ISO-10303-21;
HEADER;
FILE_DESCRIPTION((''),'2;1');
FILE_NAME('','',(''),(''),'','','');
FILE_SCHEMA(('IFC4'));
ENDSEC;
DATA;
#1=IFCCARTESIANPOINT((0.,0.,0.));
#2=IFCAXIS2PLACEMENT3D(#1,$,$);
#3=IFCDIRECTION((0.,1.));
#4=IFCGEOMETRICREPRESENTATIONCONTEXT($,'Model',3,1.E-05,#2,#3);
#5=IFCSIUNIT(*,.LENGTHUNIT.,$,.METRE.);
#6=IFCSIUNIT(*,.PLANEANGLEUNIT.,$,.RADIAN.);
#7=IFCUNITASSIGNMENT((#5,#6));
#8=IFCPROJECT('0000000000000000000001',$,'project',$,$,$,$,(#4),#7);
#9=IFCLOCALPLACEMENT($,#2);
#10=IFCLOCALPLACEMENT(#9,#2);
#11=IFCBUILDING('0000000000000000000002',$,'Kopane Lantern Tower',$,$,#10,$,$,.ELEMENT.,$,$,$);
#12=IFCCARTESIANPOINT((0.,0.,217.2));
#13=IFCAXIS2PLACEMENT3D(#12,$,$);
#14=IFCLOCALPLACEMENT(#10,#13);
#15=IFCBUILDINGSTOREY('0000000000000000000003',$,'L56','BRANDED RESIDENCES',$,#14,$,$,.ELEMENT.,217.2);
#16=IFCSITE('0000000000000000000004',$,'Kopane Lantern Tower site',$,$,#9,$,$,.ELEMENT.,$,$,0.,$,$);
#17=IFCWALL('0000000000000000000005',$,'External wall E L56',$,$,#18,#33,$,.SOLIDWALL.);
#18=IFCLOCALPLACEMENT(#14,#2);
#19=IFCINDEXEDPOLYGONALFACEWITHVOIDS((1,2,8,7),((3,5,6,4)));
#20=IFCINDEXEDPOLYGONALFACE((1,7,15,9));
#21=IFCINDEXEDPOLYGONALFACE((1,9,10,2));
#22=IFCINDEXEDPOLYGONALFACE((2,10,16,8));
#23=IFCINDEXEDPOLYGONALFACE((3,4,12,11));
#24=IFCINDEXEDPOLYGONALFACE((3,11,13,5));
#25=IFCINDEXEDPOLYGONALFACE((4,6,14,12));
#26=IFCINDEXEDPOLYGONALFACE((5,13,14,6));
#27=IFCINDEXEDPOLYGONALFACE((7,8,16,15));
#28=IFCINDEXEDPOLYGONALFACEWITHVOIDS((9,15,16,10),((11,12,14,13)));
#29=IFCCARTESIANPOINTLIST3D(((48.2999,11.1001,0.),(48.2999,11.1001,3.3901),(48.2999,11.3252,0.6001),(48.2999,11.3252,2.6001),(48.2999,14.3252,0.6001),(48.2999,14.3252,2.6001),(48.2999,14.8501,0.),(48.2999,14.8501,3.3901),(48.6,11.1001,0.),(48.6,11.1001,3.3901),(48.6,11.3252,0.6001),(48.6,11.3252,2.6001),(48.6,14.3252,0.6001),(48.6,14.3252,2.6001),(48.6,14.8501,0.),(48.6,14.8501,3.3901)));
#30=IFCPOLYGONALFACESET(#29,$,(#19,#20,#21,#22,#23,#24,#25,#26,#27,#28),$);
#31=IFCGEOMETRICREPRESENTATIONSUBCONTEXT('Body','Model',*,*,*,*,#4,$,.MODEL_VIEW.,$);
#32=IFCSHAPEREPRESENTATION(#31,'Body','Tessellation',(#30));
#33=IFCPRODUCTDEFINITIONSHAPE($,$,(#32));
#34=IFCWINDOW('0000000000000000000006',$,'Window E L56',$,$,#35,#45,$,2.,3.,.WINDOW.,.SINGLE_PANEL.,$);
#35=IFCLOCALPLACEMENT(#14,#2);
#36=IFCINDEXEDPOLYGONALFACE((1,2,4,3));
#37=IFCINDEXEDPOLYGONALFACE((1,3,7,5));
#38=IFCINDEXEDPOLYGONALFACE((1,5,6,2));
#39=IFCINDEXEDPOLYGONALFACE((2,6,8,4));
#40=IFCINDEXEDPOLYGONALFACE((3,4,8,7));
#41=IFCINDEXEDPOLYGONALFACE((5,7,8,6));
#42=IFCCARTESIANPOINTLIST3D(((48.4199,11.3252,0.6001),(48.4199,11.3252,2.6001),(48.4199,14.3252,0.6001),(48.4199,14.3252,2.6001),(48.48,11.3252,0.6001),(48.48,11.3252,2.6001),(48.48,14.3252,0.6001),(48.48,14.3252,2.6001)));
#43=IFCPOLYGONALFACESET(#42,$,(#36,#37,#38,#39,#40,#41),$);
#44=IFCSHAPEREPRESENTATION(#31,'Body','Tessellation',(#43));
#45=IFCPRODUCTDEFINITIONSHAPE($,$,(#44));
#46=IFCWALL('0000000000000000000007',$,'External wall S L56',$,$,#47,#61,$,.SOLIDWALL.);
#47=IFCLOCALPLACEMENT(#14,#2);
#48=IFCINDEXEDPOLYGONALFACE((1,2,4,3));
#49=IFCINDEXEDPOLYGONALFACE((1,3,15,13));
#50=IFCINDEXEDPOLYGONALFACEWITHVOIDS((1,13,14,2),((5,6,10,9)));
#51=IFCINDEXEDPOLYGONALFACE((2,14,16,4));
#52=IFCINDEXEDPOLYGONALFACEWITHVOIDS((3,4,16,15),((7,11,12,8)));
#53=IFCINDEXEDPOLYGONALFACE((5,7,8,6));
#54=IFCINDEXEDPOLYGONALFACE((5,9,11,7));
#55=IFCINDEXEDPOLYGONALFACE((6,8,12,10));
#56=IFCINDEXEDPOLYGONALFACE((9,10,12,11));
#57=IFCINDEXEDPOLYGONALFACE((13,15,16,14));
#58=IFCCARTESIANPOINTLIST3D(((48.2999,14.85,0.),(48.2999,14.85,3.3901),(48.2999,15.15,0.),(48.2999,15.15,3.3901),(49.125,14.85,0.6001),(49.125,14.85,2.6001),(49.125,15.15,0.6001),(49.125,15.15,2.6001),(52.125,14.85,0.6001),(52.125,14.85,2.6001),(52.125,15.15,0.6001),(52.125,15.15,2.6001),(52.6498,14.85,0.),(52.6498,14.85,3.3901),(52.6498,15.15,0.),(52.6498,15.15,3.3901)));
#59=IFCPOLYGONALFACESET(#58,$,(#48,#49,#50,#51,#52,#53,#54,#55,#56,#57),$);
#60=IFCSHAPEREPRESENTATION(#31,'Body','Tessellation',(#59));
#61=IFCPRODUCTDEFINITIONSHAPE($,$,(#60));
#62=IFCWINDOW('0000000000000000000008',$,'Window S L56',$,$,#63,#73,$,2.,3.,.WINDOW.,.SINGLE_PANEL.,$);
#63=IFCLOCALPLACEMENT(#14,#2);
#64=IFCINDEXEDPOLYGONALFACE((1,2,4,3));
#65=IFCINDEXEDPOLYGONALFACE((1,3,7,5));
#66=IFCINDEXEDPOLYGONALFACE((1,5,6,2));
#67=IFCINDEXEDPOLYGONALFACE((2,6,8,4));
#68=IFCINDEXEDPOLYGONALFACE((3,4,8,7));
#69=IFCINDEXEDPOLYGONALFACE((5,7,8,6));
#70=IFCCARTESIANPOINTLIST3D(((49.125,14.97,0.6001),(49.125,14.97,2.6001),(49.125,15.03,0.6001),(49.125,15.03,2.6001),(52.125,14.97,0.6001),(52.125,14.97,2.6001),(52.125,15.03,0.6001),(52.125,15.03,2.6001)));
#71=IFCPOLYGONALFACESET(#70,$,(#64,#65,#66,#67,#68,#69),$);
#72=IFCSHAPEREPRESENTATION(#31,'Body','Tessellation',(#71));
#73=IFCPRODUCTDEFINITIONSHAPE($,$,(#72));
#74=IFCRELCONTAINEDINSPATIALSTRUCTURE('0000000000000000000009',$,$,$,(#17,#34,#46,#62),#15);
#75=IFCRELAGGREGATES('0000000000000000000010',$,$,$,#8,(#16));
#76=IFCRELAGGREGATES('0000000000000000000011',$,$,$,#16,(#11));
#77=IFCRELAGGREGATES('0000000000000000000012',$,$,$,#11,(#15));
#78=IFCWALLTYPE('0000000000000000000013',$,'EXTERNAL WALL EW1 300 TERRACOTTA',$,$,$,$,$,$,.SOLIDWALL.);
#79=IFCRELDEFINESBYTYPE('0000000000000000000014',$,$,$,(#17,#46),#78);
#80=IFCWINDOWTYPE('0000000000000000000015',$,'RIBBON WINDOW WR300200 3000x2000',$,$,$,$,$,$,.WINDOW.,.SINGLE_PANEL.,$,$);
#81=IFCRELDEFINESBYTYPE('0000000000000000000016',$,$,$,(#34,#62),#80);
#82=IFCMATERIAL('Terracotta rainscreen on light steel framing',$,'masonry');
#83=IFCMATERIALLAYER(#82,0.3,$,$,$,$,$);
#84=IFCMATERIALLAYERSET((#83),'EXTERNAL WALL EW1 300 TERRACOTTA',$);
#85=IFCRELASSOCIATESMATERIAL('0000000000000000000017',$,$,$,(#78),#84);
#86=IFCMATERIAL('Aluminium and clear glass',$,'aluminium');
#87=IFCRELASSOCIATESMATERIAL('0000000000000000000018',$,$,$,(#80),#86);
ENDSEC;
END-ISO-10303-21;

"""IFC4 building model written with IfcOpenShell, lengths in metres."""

from ifc_helpers import new_model, si_unit, direction, frame, frame_2d, origin, place, context, subcontext, project, spatial, rectangle, extrude, material, layer, layer_set, type_object, element, fill, save


model = new_model("IFC4")

# Units and contexts
model_context = context("Model", 3, precision=1e-05, world=origin(), true_north=direction((0.0, 1.0)))
body_context = subcontext(model_context, "Body", "Model", "MODEL_VIEW")
ifc_project = project(units=[si_unit("LENGTHUNIT", "METRE"), si_unit("PLANEANGLEUNIT", "RADIAN")], contexts=[model_context])

# Site, building, storey
site_placement = place(None, origin())
site = spatial("IfcSite", under=ifc_project, at=site_placement, Name="Kopane Lantern Tower site", CompositionType="ELEMENT", RefElevation=0.0)
building_placement = place(site_placement, origin())
building = spatial("IfcBuilding", under=site, at=building_placement, Name="Kopane Lantern Tower", CompositionType="ELEMENT")
storey_placement = place(building_placement, frame((0.0, 0.0, 217.2)))
storey = spatial("IfcBuildingStorey", under=building, at=storey_placement, Name="L56", Description="BRANDED RESIDENCES", CompositionType="ELEMENT", Elevation=217.2)

# Walls, openings, windows
ifc_material_1 = material(Name="Terracotta rainscreen on light steel framing", Category="masonry")
ifc_layer_1 = layer(ifc_material_1, 0.3)
ifc_layer_set_1 = layer_set([ifc_layer_1], Name="EXTERNAL WALL EW1 300 TERRACOTTA")
wall_type_1 = type_object("IfcWallType", Name="EXTERNAL WALL EW1 300 TERRACOTTA", PredefinedType="SOLIDWALL", material=ifc_layer_set_1)
wall_1_placement = place(storey_placement, frame((48.45, 11.1001, 0.0), z_axis=(0.0, 0.0, 1.0), x_axis=(0.0, 1.0, 0.0)))
wall_1 = element("IfcWall", 1, at=wall_1_placement, inside=storey, type_object=wall_type_1, Name="External wall E L56", PredefinedType="SOLIDWALL", context=body_context, shape_type="SweptSolid", body=[
    extrude(rectangle(XDim=3.75, YDim=0.3, at=frame_2d((1.875, 0.0))), origin(), (0.0, 0.0, 1.0), 3.3901),
])
opening_1_placement = place(wall_1_placement, frame((0.2251, 0.0, 0.6001)))
opening_1 = element("IfcOpeningElement", 2, at=opening_1_placement, cuts=wall_1, PredefinedType="OPENING", context=body_context, shape_type="SweptSolid", body=[
    extrude(rectangle(XDim=3.0, YDim=2.0, at=frame_2d((1.5, 1.0))), frame((0.0, 0.1599, 0.0), z_axis=(0.0, -1.0, 0.0), x_axis=(1.0, 0.0, 0.0)), (0.0, 0.0, 1.0), 0.3201),
])
ifc_material_2 = material(Name="Aluminium and clear glass", Category="aluminium")
window_type = type_object("IfcWindowType", Name="RIBBON WINDOW WR300200 3000x2000", PartitioningType="SINGLE_PANEL", PredefinedType="WINDOW", material=ifc_material_2)
window_1_placement = place(opening_1_placement, origin())
window_1 = element("IfcWindow", 3, at=window_1_placement, inside=storey, type_object=window_type, Name="Window E L56", OverallHeight=2.0, OverallWidth=3.0, PartitioningType="SINGLE_PANEL", PredefinedType="WINDOW", context=body_context, shape_type="SweptSolid", body=[
    extrude(rectangle(XDim=3.0, YDim=2.0, at=frame_2d((1.5, 1.0))), frame((0.0, 0.03, 0.0), z_axis=(0.0, -1.0, 0.0), x_axis=(1.0, 0.0, 0.0)), (0.0, 0.0, 1.0), 0.0601),
])
fill(opening_1, window_1)
wall_2_placement = place(storey_placement, frame((48.3, 15.0, 0.0), z_axis=(0.0, 0.0, 1.0), x_axis=(1.0, 0.0, 0.0)))
wall_2 = element("IfcWall", 4, at=wall_2_placement, inside=storey, type_object=wall_type_1, Name="External wall S L56", PredefinedType="SOLIDWALL", context=body_context, shape_type="SweptSolid", body=[
    extrude(rectangle(XDim=4.3499, YDim=0.3, at=frame_2d((2.1748, 0.0))), origin(), (0.0, 0.0, 1.0), 3.3901),
])
opening_2_placement = place(wall_2_placement, frame((0.825, 0.0, 0.6001)))
opening_2 = element("IfcOpeningElement", 5, at=opening_2_placement, cuts=wall_2, PredefinedType="OPENING", context=body_context, shape_type="SweptSolid", body=[
    extrude(rectangle(XDim=3.0, YDim=2.0, at=frame_2d((1.5, 1.0))), frame((0.0, 0.1599, 0.0), z_axis=(0.0, -1.0, 0.0), x_axis=(1.0, 0.0, 0.0)), (0.0, 0.0, 1.0), 0.3201),
])
window_2_placement = place(opening_2_placement, origin())
window_2 = element("IfcWindow", 6, at=window_2_placement, inside=storey, type_object=window_type, Name="Window S L56", OverallHeight=2.0, OverallWidth=3.0, PartitioningType="SINGLE_PANEL", PredefinedType="WINDOW", context=body_context, shape_type="SweptSolid", body=[
    extrude(rectangle(XDim=3.0, YDim=2.0, at=frame_2d((1.5, 1.0))), frame((0.0, 0.03, 0.0), z_axis=(0.0, -1.0, 0.0), x_axis=(1.0, 0.0, 0.0)), (0.0, 0.0, 1.0), 0.0601),
])
fill(opening_2, window_2)

save(model, "model.ifc")
